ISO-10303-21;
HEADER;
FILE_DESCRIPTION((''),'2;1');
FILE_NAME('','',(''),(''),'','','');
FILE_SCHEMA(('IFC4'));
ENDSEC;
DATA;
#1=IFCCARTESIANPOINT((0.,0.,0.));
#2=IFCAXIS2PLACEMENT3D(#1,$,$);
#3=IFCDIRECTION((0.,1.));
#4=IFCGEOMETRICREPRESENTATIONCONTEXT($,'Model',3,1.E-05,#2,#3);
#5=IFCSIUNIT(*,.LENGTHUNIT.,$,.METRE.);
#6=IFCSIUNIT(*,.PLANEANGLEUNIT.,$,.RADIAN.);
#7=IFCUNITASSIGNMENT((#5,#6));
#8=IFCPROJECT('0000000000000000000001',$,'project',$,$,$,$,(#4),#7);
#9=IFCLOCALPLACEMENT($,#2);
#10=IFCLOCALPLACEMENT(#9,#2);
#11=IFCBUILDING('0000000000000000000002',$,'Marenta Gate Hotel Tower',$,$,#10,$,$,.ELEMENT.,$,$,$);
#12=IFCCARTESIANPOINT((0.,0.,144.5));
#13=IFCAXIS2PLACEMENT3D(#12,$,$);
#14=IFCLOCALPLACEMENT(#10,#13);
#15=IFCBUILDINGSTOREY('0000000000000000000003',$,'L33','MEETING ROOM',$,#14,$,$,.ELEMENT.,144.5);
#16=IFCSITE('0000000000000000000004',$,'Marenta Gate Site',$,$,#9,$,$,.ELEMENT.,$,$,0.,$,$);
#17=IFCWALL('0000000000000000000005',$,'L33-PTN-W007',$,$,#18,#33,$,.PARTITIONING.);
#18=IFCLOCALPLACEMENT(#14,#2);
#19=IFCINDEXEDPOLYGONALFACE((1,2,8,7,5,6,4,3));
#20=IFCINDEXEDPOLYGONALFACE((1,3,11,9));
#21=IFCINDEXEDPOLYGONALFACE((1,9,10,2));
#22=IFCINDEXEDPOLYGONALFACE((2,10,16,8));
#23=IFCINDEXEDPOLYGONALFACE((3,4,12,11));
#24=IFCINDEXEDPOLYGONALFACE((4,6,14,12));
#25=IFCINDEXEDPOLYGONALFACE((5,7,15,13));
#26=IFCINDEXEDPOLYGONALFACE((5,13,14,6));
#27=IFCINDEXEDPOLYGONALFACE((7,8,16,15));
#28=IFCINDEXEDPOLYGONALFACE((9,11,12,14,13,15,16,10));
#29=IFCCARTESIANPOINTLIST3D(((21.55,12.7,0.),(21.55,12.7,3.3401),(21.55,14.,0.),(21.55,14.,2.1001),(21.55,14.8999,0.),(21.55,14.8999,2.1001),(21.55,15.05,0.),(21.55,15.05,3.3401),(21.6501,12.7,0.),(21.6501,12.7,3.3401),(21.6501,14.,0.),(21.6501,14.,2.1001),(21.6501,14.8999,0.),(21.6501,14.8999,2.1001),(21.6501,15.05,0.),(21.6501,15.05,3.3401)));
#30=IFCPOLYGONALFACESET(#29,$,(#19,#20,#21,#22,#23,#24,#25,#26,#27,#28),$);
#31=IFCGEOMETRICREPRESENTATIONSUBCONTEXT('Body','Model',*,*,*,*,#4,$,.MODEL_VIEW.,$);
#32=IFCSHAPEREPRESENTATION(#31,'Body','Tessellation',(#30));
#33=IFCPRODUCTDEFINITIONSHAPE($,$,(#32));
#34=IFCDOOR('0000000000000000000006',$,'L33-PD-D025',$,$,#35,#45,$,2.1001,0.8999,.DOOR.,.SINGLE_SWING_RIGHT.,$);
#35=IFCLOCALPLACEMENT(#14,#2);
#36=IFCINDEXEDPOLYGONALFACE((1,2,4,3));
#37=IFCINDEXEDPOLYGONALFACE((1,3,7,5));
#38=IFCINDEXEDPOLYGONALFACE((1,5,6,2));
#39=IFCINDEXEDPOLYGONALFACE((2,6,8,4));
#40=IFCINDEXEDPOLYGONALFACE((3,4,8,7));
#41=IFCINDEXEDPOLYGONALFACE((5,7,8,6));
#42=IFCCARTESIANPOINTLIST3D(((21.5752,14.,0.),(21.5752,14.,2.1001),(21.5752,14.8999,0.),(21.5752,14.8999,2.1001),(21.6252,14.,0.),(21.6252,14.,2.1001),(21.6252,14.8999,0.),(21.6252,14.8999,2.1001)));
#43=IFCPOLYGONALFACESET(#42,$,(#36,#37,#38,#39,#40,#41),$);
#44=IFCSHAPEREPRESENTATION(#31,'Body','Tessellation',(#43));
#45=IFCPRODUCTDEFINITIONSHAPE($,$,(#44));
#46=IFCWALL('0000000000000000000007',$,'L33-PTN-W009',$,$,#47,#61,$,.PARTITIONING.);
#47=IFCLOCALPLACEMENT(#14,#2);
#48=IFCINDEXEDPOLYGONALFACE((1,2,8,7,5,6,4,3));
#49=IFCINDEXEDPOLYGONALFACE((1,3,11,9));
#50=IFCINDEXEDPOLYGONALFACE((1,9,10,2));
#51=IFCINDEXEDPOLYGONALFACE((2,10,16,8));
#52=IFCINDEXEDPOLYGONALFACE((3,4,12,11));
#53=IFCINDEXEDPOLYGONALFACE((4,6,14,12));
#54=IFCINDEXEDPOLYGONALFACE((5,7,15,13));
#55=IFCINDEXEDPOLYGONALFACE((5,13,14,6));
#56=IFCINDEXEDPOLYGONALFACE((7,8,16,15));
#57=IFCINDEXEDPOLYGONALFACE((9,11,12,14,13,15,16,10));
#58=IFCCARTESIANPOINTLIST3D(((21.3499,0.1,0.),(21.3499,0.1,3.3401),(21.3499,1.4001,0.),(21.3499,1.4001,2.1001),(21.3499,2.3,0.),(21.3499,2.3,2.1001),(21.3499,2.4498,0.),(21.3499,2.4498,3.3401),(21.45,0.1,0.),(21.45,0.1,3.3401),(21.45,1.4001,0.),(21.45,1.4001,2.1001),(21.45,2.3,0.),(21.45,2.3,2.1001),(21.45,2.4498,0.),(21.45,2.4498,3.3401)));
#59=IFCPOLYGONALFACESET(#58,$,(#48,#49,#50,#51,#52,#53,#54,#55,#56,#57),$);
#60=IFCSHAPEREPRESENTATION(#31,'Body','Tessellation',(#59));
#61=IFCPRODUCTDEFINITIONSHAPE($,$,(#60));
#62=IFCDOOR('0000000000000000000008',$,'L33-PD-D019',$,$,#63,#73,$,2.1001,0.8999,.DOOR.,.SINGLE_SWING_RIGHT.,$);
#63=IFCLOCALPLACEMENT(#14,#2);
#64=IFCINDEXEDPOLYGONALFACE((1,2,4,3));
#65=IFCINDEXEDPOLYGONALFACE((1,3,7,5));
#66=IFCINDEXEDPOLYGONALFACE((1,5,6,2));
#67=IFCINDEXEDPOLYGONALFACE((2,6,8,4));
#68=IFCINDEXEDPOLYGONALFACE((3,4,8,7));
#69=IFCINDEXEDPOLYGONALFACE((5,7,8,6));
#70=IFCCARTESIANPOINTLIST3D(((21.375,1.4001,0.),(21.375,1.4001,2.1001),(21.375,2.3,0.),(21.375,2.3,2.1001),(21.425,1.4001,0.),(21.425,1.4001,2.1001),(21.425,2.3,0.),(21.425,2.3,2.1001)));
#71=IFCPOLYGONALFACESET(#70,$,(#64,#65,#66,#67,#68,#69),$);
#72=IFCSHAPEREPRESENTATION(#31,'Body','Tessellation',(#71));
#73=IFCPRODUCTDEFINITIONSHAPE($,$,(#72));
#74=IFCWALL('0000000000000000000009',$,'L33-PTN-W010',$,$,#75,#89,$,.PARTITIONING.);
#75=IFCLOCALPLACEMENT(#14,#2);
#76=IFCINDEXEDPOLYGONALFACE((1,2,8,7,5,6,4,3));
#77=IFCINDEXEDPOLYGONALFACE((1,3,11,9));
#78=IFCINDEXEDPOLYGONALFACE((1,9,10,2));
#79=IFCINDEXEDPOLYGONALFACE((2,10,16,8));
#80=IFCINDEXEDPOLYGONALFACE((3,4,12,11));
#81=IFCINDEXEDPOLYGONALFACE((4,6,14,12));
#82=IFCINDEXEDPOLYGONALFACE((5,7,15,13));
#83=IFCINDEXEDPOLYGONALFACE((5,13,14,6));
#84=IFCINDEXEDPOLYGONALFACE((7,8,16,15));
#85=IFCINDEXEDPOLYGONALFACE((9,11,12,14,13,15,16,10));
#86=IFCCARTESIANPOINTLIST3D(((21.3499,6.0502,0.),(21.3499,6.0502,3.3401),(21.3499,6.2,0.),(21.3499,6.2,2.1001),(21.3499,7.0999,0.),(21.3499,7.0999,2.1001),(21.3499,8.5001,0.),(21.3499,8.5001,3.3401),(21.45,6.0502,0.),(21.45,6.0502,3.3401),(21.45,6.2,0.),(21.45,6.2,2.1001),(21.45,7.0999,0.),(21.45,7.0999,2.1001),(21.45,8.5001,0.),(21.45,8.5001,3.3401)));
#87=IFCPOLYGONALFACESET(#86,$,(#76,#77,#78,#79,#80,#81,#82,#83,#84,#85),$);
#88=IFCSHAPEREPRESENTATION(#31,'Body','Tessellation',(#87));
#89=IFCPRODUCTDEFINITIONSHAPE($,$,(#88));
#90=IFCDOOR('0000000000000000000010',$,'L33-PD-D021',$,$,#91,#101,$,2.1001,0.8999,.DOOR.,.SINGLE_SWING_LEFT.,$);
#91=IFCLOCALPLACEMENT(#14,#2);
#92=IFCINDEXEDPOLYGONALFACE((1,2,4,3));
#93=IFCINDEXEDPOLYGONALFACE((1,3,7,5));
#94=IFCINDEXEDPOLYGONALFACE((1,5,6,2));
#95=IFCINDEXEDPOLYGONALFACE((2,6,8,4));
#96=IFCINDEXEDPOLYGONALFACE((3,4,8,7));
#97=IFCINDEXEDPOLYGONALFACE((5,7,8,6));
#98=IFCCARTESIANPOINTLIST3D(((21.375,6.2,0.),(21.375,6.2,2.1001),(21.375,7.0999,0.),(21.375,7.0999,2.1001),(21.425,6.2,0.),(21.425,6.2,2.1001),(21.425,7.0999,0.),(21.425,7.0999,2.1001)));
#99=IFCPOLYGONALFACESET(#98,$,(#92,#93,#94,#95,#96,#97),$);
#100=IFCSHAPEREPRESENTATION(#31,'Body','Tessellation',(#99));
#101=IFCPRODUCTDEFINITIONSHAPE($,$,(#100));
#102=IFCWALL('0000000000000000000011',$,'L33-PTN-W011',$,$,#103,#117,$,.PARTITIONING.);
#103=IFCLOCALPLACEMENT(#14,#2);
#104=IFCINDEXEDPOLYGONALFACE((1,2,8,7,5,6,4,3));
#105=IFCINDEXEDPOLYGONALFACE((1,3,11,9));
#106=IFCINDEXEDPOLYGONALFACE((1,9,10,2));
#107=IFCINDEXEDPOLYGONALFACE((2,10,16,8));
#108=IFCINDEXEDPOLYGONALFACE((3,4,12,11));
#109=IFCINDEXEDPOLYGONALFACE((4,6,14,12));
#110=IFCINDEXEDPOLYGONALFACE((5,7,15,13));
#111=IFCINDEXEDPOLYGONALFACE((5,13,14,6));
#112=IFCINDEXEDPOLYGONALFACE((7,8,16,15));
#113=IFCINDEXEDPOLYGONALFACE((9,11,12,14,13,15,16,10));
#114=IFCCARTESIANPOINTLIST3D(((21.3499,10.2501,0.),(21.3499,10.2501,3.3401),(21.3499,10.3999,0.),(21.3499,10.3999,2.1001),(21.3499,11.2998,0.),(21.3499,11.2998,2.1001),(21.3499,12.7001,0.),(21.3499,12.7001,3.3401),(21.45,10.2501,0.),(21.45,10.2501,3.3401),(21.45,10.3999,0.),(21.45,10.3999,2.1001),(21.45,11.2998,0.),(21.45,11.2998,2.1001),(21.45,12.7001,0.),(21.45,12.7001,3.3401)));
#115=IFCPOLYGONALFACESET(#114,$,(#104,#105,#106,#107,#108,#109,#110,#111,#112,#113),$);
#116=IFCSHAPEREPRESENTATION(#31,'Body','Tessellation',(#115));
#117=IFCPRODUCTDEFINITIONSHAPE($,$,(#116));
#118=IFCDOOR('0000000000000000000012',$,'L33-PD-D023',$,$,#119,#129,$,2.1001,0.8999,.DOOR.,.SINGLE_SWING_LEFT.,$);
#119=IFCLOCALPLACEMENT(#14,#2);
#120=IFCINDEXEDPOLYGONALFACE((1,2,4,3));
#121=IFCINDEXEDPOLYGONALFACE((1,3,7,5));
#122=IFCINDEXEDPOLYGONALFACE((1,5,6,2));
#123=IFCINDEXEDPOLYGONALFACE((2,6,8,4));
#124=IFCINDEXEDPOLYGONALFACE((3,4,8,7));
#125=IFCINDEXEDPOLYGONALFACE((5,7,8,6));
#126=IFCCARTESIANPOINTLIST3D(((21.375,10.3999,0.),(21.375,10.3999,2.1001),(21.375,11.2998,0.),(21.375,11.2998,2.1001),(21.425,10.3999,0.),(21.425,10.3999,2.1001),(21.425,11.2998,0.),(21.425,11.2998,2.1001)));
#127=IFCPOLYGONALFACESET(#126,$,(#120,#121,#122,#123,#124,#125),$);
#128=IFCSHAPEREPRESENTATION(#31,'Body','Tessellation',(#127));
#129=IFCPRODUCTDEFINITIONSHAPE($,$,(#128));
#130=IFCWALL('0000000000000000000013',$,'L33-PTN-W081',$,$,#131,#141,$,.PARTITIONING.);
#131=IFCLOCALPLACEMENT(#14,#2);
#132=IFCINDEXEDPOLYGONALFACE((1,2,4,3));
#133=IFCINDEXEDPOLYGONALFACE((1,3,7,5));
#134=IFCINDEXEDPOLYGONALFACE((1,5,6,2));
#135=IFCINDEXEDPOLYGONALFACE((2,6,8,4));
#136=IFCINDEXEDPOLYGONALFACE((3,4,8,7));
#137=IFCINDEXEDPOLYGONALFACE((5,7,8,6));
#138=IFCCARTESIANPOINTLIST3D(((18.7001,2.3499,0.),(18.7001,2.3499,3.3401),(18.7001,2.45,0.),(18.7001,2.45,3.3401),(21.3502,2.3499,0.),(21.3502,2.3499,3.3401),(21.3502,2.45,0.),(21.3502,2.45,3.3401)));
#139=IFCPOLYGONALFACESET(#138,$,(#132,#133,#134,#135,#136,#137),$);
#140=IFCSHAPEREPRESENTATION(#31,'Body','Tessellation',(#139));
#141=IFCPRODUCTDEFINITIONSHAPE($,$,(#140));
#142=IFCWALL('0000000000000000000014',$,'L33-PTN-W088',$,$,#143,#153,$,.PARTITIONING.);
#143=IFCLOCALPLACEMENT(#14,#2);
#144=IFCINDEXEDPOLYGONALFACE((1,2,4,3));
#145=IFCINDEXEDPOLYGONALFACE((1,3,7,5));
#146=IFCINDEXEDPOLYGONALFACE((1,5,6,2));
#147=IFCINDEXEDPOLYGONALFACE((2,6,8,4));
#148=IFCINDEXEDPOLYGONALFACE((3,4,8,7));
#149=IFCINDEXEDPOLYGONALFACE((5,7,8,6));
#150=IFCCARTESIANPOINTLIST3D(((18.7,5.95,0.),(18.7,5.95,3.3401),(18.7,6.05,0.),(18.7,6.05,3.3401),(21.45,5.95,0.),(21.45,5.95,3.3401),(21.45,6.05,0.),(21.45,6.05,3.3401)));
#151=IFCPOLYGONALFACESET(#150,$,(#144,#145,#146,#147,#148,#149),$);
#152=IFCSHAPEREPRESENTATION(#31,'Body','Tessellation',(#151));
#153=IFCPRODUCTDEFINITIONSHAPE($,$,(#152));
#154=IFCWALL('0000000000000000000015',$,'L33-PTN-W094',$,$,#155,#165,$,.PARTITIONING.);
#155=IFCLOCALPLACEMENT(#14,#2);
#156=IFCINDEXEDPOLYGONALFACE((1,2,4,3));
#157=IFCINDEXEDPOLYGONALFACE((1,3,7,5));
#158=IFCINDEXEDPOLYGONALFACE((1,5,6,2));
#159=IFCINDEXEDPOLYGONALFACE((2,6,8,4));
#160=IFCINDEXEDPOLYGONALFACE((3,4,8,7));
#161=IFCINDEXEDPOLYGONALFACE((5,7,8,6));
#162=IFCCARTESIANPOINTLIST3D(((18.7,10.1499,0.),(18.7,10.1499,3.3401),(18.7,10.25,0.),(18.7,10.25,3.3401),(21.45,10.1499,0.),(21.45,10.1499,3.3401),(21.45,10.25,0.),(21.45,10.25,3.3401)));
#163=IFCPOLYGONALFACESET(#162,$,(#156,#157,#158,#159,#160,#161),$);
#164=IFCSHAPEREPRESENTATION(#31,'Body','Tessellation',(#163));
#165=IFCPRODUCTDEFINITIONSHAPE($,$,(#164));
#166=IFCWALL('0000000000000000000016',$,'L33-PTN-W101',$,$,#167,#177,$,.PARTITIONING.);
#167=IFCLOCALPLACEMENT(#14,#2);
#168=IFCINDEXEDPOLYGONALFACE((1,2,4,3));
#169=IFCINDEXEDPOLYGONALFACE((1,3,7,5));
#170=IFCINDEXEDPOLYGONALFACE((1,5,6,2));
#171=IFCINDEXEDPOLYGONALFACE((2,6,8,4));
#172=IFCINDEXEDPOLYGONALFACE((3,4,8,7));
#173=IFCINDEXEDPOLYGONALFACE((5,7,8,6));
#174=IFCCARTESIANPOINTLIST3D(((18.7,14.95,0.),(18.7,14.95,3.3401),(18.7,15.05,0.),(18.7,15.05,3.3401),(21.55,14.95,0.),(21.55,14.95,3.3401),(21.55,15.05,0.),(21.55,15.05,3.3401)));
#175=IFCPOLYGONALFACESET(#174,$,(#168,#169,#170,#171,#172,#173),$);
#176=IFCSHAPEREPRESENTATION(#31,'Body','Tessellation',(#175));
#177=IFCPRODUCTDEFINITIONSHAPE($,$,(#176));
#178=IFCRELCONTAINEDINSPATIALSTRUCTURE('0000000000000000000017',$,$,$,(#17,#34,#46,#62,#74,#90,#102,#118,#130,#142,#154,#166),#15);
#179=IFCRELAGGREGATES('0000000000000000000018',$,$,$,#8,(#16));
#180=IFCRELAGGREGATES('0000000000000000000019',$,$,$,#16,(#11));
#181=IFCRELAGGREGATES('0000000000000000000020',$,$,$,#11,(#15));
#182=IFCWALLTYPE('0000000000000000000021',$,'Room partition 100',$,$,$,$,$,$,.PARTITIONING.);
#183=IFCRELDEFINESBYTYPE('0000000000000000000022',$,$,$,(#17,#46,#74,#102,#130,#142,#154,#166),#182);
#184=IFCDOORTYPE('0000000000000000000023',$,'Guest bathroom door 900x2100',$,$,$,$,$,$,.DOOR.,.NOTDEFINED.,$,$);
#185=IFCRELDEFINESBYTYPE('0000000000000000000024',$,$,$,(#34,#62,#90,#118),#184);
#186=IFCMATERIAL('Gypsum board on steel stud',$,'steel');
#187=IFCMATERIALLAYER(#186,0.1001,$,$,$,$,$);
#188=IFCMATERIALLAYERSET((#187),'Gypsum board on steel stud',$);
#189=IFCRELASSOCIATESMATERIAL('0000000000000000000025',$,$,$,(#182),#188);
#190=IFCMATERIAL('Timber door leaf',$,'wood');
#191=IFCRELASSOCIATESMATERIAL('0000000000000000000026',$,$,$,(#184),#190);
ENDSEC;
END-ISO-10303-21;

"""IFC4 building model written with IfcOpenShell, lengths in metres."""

from ifc_helpers import new_model, si_unit, direction, frame, frame_2d, origin, place, context, subcontext, project, spatial, rectangle, extrude, material, layer, layer_set, type_object, element, fill, save


model = new_model("IFC4")

# Units and contexts
model_context = context("Model", 3, precision=1e-05, world=origin(), true_north=direction((0.0, 1.0)))
body_context = subcontext(model_context, "Body", "Model", "MODEL_VIEW")
ifc_project = project(units=[si_unit("LENGTHUNIT", "METRE"), si_unit("PLANEANGLEUNIT", "RADIAN")], contexts=[model_context])

# Site, building, storey
site_placement = place(None, origin())
site = spatial("IfcSite", under=ifc_project, at=site_placement, Name="Marenta Gate Site", CompositionType="ELEMENT", RefElevation=0.0)
building_placement = place(site_placement, origin())
building = spatial("IfcBuilding", under=site, at=building_placement, Name="Marenta Gate Hotel Tower", CompositionType="ELEMENT")
storey_placement = place(building_placement, frame((0.0, 0.0, 144.5)))
storey = spatial("IfcBuildingStorey", under=building, at=storey_placement, Name="L33", Description="MEETING ROOM", CompositionType="ELEMENT", Elevation=144.5)

# Walls, openings, doors
ifc_material_1 = material(Name="Gypsum board on steel stud", Category="steel")
ifc_layer_1 = layer(ifc_material_1, 0.1001)
ifc_layer_set_1 = layer_set([ifc_layer_1], Name="Gypsum board on steel stud")
wall_type_1 = type_object("IfcWallType", Name="Room partition 100", PredefinedType="PARTITIONING", material=ifc_layer_set_1)
wall_1_placement = place(storey_placement, frame((21.6001, 12.7, 0.0), z_axis=(0.0, 0.0, 1.0), x_axis=(0.0, 1.0, 0.0)))
wall_1 = element("IfcWall", 1, at=wall_1_placement, inside=storey, type_object=wall_type_1, Name="L33-PTN-W007", PredefinedType="PARTITIONING", context=body_context, shape_type="SweptSolid", body=[
    extrude(rectangle(XDim=2.3501, YDim=0.1001, at=frame_2d((1.175, 0.0))), origin(), (0.0, 0.0, 1.0), 3.3401),
])
opening_1_placement = place(wall_1_placement, frame((1.3, 0.0, 0.0)))
opening_1 = element("IfcOpeningElement", 2, at=opening_1_placement, cuts=wall_1, PredefinedType="OPENING", context=body_context, shape_type="SweptSolid", body=[
    extrude(rectangle(XDim=0.8999, YDim=2.1001, at=frame_2d((0.45, 1.05))), frame((0.0, 0.05, 0.0), z_axis=(0.0, -1.0, 0.0), x_axis=(1.0, 0.0, 0.0)), (0.0, 0.0, 1.0), 0.1001),
])
ifc_material_2 = material(Name="Timber door leaf", Category="wood")
door_type = type_object("IfcDoorType", Name="Guest bathroom door 900x2100", OperationType="NOTDEFINED", PredefinedType="DOOR", material=ifc_material_2)
door_1_placement = place(opening_1_placement, origin())
door_1 = element("IfcDoor", 3, at=door_1_placement, inside=storey, type_object=door_type, Name="L33-PD-D025", OperationType="SINGLE_SWING_RIGHT", OverallHeight=2.1001, OverallWidth=0.8999, PredefinedType="DOOR", context=body_context, shape_type="SweptSolid", body=[
    extrude(rectangle(XDim=0.8999, YDim=2.1001, at=frame_2d((0.45, 1.05))), frame((0.0, 0.0249, 0.0), z_axis=(0.0, -1.0, 0.0), x_axis=(1.0, 0.0, 0.0)), (0.0, 0.0, 1.0), 0.05),
])
fill(opening_1, door_1)
wall_2_placement = place(storey_placement, frame((21.3999, 0.1001, 0.0), z_axis=(0.0, 0.0, 1.0), x_axis=(0.0, 1.0, 0.0)))
wall_2 = element("IfcWall", 4, at=wall_2_placement, inside=storey, type_object=wall_type_1, Name="L33-PTN-W009", PredefinedType="PARTITIONING", context=body_context, shape_type="SweptSolid", body=[
    extrude(rectangle(XDim=2.3499, YDim=0.1001, at=frame_2d((1.1748, 0.0))), origin(), (0.0, 0.0, 1.0), 3.3401),
])
opening_2_placement = place(wall_2_placement, frame((1.3, 0.0, 0.0)))
opening_2 = element("IfcOpeningElement", 5, at=opening_2_placement, cuts=wall_2, PredefinedType="OPENING", context=body_context, shape_type="SweptSolid", body=[
    extrude(rectangle(XDim=0.8999, YDim=2.1001, at=frame_2d((0.45, 1.05))), frame((0.0, 0.05, 0.0), z_axis=(0.0, -1.0, 0.0), x_axis=(1.0, 0.0, 0.0)), (0.0, 0.0, 1.0), 0.1001),
])
door_2_placement = place(opening_2_placement, origin())
door_2 = element("IfcDoor", 6, at=door_2_placement, inside=storey, type_object=door_type, Name="L33-PD-D019", OperationType="SINGLE_SWING_RIGHT", OverallHeight=2.1001, OverallWidth=0.8999, PredefinedType="DOOR", context=body_context, shape_type="SweptSolid", body=[
    extrude(rectangle(XDim=0.8999, YDim=2.1001, at=frame_2d((0.45, 1.05))), frame((0.0, 0.0249, 0.0), z_axis=(0.0, -1.0, 0.0), x_axis=(1.0, 0.0, 0.0)), (0.0, 0.0, 1.0), 0.05),
])
fill(opening_2, door_2)
wall_3_placement = place(storey_placement, frame((21.3999, 6.05, 0.0), z_axis=(0.0, 0.0, 1.0), x_axis=(0.0, 1.0, 0.0)))
wall_3 = element("IfcWall", 7, at=wall_3_placement, inside=storey, type_object=wall_type_1, Name="L33-PTN-W010", PredefinedType="PARTITIONING", context=body_context, shape_type="SweptSolid", body=[
    extrude(rectangle(XDim=2.45, YDim=0.1001, at=frame_2d((1.2251, 0.0))), origin(), (0.0, 0.0, 1.0), 3.3401),
])
opening_3_placement = place(wall_3_placement, frame((0.1499, 0.0, 0.0)))
opening_3 = element("IfcOpeningElement", 8, at=opening_3_placement, cuts=wall_3, PredefinedType="OPENING", context=body_context, shape_type="SweptSolid", body=[
    extrude(rectangle(XDim=0.8999, YDim=2.1001, at=frame_2d((0.45, 1.05))), frame((0.0, 0.05, 0.0), z_axis=(0.0, -1.0, 0.0), x_axis=(1.0, 0.0, 0.0)), (0.0, 0.0, 1.0), 0.1001),
])
door_3_placement = place(opening_3_placement, origin())
door_3 = element("IfcDoor", 9, at=door_3_placement, inside=storey, type_object=door_type, Name="L33-PD-D021", OperationType="SINGLE_SWING_LEFT", OverallHeight=2.1001, OverallWidth=0.8999, PredefinedType="DOOR", context=body_context, shape_type="SweptSolid", body=[
    extrude(rectangle(XDim=0.8999, YDim=2.1001, at=frame_2d((0.45, 1.05))), frame((0.0, 0.0249, 0.0), z_axis=(0.0, -1.0, 0.0), x_axis=(1.0, 0.0, 0.0)), (0.0, 0.0, 1.0), 0.05),
])
fill(opening_3, door_3)
wall_4_placement = place(storey_placement, frame((21.3999, 10.25, 0.0), z_axis=(0.0, 0.0, 1.0), x_axis=(0.0, 1.0, 0.0)))
wall_4 = element("IfcWall", 10, at=wall_4_placement, inside=storey, type_object=wall_type_1, Name="L33-PTN-W011", PredefinedType="PARTITIONING", context=body_context, shape_type="SweptSolid", body=[
    extrude(rectangle(XDim=2.45, YDim=0.1001, at=frame_2d((1.2251, 0.0))), origin(), (0.0, 0.0, 1.0), 3.3401),
])
opening_4_placement = place(wall_4_placement, frame((0.1499, 0.0, 0.0)))
opening_4 = element("IfcOpeningElement", 11, at=opening_4_placement, cuts=wall_4, PredefinedType="OPENING", context=body_context, shape_type="SweptSolid", body=[
    extrude(rectangle(XDim=0.8999, YDim=2.1001, at=frame_2d((0.45, 1.05))), frame((0.0, 0.05, 0.0), z_axis=(0.0, -1.0, 0.0), x_axis=(1.0, 0.0, 0.0)), (0.0, 0.0, 1.0), 0.1001),
])
door_4_placement = place(opening_4_placement, origin())
door_4 = element("IfcDoor", 12, at=door_4_placement, inside=storey, type_object=door_type, Name="L33-PD-D023", OperationType="SINGLE_SWING_LEFT", OverallHeight=2.1001, OverallWidth=0.8999, PredefinedType="DOOR", context=body_context, shape_type="SweptSolid", body=[
    extrude(rectangle(XDim=0.8999, YDim=2.1001, at=frame_2d((0.45, 1.05))), frame((0.0, 0.0249, 0.0), z_axis=(0.0, -1.0, 0.0), x_axis=(1.0, 0.0, 0.0)), (0.0, 0.0, 1.0), 0.05),
])
fill(opening_4, door_4)

# Walls
wall_5_placement = place(storey_placement, frame((18.7, 2.3999, 0.0), z_axis=(0.0, 0.0, 1.0), x_axis=(1.0, 0.0, 0.0)))
element("IfcWall", 13, at=wall_5_placement, inside=storey, type_object=wall_type_1, Name="L33-PTN-W081", PredefinedType="PARTITIONING", context=body_context, shape_type="SweptSolid", body=[
    extrude(rectangle(XDim=2.6501, YDim=0.1001, at=frame_2d((1.3252, 0.0))), origin(), (0.0, 0.0, 1.0), 3.3401),
])
for number, where, z_axis, x_axis, name in (
    (14, (18.7, 6.0, 0.0), (0.0, 0.0, 1.0), (1.0, 0.0, 0.0), "L33-PTN-W088"),
    (15, (18.7, 10.2, 0.0), (0.0, 0.0, 1.0), (1.0, 0.0, 0.0), "L33-PTN-W094"),
):
    element("IfcWall", number, at=place(storey_placement, frame(where, z_axis=z_axis, x_axis=x_axis)), inside=storey, type_object=wall_type_1, Name=name, PredefinedType="PARTITIONING", context=body_context, shape_type="SweptSolid", body=[
        extrude(rectangle(XDim=2.75, YDim=0.1001, at=frame_2d((1.375, 0.0))), origin(), (0.0, 0.0, 1.0), 3.3401),
    ])
wall_6_placement = place(storey_placement, frame((18.7, 15.0, 0.0), z_axis=(0.0, 0.0, 1.0), x_axis=(1.0, 0.0, 0.0)))
element("IfcWall", 16, at=wall_6_placement, inside=storey, type_object=wall_type_1, Name="L33-PTN-W101", PredefinedType="PARTITIONING", context=body_context, shape_type="SweptSolid", body=[
    extrude(rectangle(XDim=2.8501, YDim=0.1001, at=frame_2d((1.425, 0.0))), origin(), (0.0, 0.0, 1.0), 3.3401),
])

save(model, "model.ifc")
